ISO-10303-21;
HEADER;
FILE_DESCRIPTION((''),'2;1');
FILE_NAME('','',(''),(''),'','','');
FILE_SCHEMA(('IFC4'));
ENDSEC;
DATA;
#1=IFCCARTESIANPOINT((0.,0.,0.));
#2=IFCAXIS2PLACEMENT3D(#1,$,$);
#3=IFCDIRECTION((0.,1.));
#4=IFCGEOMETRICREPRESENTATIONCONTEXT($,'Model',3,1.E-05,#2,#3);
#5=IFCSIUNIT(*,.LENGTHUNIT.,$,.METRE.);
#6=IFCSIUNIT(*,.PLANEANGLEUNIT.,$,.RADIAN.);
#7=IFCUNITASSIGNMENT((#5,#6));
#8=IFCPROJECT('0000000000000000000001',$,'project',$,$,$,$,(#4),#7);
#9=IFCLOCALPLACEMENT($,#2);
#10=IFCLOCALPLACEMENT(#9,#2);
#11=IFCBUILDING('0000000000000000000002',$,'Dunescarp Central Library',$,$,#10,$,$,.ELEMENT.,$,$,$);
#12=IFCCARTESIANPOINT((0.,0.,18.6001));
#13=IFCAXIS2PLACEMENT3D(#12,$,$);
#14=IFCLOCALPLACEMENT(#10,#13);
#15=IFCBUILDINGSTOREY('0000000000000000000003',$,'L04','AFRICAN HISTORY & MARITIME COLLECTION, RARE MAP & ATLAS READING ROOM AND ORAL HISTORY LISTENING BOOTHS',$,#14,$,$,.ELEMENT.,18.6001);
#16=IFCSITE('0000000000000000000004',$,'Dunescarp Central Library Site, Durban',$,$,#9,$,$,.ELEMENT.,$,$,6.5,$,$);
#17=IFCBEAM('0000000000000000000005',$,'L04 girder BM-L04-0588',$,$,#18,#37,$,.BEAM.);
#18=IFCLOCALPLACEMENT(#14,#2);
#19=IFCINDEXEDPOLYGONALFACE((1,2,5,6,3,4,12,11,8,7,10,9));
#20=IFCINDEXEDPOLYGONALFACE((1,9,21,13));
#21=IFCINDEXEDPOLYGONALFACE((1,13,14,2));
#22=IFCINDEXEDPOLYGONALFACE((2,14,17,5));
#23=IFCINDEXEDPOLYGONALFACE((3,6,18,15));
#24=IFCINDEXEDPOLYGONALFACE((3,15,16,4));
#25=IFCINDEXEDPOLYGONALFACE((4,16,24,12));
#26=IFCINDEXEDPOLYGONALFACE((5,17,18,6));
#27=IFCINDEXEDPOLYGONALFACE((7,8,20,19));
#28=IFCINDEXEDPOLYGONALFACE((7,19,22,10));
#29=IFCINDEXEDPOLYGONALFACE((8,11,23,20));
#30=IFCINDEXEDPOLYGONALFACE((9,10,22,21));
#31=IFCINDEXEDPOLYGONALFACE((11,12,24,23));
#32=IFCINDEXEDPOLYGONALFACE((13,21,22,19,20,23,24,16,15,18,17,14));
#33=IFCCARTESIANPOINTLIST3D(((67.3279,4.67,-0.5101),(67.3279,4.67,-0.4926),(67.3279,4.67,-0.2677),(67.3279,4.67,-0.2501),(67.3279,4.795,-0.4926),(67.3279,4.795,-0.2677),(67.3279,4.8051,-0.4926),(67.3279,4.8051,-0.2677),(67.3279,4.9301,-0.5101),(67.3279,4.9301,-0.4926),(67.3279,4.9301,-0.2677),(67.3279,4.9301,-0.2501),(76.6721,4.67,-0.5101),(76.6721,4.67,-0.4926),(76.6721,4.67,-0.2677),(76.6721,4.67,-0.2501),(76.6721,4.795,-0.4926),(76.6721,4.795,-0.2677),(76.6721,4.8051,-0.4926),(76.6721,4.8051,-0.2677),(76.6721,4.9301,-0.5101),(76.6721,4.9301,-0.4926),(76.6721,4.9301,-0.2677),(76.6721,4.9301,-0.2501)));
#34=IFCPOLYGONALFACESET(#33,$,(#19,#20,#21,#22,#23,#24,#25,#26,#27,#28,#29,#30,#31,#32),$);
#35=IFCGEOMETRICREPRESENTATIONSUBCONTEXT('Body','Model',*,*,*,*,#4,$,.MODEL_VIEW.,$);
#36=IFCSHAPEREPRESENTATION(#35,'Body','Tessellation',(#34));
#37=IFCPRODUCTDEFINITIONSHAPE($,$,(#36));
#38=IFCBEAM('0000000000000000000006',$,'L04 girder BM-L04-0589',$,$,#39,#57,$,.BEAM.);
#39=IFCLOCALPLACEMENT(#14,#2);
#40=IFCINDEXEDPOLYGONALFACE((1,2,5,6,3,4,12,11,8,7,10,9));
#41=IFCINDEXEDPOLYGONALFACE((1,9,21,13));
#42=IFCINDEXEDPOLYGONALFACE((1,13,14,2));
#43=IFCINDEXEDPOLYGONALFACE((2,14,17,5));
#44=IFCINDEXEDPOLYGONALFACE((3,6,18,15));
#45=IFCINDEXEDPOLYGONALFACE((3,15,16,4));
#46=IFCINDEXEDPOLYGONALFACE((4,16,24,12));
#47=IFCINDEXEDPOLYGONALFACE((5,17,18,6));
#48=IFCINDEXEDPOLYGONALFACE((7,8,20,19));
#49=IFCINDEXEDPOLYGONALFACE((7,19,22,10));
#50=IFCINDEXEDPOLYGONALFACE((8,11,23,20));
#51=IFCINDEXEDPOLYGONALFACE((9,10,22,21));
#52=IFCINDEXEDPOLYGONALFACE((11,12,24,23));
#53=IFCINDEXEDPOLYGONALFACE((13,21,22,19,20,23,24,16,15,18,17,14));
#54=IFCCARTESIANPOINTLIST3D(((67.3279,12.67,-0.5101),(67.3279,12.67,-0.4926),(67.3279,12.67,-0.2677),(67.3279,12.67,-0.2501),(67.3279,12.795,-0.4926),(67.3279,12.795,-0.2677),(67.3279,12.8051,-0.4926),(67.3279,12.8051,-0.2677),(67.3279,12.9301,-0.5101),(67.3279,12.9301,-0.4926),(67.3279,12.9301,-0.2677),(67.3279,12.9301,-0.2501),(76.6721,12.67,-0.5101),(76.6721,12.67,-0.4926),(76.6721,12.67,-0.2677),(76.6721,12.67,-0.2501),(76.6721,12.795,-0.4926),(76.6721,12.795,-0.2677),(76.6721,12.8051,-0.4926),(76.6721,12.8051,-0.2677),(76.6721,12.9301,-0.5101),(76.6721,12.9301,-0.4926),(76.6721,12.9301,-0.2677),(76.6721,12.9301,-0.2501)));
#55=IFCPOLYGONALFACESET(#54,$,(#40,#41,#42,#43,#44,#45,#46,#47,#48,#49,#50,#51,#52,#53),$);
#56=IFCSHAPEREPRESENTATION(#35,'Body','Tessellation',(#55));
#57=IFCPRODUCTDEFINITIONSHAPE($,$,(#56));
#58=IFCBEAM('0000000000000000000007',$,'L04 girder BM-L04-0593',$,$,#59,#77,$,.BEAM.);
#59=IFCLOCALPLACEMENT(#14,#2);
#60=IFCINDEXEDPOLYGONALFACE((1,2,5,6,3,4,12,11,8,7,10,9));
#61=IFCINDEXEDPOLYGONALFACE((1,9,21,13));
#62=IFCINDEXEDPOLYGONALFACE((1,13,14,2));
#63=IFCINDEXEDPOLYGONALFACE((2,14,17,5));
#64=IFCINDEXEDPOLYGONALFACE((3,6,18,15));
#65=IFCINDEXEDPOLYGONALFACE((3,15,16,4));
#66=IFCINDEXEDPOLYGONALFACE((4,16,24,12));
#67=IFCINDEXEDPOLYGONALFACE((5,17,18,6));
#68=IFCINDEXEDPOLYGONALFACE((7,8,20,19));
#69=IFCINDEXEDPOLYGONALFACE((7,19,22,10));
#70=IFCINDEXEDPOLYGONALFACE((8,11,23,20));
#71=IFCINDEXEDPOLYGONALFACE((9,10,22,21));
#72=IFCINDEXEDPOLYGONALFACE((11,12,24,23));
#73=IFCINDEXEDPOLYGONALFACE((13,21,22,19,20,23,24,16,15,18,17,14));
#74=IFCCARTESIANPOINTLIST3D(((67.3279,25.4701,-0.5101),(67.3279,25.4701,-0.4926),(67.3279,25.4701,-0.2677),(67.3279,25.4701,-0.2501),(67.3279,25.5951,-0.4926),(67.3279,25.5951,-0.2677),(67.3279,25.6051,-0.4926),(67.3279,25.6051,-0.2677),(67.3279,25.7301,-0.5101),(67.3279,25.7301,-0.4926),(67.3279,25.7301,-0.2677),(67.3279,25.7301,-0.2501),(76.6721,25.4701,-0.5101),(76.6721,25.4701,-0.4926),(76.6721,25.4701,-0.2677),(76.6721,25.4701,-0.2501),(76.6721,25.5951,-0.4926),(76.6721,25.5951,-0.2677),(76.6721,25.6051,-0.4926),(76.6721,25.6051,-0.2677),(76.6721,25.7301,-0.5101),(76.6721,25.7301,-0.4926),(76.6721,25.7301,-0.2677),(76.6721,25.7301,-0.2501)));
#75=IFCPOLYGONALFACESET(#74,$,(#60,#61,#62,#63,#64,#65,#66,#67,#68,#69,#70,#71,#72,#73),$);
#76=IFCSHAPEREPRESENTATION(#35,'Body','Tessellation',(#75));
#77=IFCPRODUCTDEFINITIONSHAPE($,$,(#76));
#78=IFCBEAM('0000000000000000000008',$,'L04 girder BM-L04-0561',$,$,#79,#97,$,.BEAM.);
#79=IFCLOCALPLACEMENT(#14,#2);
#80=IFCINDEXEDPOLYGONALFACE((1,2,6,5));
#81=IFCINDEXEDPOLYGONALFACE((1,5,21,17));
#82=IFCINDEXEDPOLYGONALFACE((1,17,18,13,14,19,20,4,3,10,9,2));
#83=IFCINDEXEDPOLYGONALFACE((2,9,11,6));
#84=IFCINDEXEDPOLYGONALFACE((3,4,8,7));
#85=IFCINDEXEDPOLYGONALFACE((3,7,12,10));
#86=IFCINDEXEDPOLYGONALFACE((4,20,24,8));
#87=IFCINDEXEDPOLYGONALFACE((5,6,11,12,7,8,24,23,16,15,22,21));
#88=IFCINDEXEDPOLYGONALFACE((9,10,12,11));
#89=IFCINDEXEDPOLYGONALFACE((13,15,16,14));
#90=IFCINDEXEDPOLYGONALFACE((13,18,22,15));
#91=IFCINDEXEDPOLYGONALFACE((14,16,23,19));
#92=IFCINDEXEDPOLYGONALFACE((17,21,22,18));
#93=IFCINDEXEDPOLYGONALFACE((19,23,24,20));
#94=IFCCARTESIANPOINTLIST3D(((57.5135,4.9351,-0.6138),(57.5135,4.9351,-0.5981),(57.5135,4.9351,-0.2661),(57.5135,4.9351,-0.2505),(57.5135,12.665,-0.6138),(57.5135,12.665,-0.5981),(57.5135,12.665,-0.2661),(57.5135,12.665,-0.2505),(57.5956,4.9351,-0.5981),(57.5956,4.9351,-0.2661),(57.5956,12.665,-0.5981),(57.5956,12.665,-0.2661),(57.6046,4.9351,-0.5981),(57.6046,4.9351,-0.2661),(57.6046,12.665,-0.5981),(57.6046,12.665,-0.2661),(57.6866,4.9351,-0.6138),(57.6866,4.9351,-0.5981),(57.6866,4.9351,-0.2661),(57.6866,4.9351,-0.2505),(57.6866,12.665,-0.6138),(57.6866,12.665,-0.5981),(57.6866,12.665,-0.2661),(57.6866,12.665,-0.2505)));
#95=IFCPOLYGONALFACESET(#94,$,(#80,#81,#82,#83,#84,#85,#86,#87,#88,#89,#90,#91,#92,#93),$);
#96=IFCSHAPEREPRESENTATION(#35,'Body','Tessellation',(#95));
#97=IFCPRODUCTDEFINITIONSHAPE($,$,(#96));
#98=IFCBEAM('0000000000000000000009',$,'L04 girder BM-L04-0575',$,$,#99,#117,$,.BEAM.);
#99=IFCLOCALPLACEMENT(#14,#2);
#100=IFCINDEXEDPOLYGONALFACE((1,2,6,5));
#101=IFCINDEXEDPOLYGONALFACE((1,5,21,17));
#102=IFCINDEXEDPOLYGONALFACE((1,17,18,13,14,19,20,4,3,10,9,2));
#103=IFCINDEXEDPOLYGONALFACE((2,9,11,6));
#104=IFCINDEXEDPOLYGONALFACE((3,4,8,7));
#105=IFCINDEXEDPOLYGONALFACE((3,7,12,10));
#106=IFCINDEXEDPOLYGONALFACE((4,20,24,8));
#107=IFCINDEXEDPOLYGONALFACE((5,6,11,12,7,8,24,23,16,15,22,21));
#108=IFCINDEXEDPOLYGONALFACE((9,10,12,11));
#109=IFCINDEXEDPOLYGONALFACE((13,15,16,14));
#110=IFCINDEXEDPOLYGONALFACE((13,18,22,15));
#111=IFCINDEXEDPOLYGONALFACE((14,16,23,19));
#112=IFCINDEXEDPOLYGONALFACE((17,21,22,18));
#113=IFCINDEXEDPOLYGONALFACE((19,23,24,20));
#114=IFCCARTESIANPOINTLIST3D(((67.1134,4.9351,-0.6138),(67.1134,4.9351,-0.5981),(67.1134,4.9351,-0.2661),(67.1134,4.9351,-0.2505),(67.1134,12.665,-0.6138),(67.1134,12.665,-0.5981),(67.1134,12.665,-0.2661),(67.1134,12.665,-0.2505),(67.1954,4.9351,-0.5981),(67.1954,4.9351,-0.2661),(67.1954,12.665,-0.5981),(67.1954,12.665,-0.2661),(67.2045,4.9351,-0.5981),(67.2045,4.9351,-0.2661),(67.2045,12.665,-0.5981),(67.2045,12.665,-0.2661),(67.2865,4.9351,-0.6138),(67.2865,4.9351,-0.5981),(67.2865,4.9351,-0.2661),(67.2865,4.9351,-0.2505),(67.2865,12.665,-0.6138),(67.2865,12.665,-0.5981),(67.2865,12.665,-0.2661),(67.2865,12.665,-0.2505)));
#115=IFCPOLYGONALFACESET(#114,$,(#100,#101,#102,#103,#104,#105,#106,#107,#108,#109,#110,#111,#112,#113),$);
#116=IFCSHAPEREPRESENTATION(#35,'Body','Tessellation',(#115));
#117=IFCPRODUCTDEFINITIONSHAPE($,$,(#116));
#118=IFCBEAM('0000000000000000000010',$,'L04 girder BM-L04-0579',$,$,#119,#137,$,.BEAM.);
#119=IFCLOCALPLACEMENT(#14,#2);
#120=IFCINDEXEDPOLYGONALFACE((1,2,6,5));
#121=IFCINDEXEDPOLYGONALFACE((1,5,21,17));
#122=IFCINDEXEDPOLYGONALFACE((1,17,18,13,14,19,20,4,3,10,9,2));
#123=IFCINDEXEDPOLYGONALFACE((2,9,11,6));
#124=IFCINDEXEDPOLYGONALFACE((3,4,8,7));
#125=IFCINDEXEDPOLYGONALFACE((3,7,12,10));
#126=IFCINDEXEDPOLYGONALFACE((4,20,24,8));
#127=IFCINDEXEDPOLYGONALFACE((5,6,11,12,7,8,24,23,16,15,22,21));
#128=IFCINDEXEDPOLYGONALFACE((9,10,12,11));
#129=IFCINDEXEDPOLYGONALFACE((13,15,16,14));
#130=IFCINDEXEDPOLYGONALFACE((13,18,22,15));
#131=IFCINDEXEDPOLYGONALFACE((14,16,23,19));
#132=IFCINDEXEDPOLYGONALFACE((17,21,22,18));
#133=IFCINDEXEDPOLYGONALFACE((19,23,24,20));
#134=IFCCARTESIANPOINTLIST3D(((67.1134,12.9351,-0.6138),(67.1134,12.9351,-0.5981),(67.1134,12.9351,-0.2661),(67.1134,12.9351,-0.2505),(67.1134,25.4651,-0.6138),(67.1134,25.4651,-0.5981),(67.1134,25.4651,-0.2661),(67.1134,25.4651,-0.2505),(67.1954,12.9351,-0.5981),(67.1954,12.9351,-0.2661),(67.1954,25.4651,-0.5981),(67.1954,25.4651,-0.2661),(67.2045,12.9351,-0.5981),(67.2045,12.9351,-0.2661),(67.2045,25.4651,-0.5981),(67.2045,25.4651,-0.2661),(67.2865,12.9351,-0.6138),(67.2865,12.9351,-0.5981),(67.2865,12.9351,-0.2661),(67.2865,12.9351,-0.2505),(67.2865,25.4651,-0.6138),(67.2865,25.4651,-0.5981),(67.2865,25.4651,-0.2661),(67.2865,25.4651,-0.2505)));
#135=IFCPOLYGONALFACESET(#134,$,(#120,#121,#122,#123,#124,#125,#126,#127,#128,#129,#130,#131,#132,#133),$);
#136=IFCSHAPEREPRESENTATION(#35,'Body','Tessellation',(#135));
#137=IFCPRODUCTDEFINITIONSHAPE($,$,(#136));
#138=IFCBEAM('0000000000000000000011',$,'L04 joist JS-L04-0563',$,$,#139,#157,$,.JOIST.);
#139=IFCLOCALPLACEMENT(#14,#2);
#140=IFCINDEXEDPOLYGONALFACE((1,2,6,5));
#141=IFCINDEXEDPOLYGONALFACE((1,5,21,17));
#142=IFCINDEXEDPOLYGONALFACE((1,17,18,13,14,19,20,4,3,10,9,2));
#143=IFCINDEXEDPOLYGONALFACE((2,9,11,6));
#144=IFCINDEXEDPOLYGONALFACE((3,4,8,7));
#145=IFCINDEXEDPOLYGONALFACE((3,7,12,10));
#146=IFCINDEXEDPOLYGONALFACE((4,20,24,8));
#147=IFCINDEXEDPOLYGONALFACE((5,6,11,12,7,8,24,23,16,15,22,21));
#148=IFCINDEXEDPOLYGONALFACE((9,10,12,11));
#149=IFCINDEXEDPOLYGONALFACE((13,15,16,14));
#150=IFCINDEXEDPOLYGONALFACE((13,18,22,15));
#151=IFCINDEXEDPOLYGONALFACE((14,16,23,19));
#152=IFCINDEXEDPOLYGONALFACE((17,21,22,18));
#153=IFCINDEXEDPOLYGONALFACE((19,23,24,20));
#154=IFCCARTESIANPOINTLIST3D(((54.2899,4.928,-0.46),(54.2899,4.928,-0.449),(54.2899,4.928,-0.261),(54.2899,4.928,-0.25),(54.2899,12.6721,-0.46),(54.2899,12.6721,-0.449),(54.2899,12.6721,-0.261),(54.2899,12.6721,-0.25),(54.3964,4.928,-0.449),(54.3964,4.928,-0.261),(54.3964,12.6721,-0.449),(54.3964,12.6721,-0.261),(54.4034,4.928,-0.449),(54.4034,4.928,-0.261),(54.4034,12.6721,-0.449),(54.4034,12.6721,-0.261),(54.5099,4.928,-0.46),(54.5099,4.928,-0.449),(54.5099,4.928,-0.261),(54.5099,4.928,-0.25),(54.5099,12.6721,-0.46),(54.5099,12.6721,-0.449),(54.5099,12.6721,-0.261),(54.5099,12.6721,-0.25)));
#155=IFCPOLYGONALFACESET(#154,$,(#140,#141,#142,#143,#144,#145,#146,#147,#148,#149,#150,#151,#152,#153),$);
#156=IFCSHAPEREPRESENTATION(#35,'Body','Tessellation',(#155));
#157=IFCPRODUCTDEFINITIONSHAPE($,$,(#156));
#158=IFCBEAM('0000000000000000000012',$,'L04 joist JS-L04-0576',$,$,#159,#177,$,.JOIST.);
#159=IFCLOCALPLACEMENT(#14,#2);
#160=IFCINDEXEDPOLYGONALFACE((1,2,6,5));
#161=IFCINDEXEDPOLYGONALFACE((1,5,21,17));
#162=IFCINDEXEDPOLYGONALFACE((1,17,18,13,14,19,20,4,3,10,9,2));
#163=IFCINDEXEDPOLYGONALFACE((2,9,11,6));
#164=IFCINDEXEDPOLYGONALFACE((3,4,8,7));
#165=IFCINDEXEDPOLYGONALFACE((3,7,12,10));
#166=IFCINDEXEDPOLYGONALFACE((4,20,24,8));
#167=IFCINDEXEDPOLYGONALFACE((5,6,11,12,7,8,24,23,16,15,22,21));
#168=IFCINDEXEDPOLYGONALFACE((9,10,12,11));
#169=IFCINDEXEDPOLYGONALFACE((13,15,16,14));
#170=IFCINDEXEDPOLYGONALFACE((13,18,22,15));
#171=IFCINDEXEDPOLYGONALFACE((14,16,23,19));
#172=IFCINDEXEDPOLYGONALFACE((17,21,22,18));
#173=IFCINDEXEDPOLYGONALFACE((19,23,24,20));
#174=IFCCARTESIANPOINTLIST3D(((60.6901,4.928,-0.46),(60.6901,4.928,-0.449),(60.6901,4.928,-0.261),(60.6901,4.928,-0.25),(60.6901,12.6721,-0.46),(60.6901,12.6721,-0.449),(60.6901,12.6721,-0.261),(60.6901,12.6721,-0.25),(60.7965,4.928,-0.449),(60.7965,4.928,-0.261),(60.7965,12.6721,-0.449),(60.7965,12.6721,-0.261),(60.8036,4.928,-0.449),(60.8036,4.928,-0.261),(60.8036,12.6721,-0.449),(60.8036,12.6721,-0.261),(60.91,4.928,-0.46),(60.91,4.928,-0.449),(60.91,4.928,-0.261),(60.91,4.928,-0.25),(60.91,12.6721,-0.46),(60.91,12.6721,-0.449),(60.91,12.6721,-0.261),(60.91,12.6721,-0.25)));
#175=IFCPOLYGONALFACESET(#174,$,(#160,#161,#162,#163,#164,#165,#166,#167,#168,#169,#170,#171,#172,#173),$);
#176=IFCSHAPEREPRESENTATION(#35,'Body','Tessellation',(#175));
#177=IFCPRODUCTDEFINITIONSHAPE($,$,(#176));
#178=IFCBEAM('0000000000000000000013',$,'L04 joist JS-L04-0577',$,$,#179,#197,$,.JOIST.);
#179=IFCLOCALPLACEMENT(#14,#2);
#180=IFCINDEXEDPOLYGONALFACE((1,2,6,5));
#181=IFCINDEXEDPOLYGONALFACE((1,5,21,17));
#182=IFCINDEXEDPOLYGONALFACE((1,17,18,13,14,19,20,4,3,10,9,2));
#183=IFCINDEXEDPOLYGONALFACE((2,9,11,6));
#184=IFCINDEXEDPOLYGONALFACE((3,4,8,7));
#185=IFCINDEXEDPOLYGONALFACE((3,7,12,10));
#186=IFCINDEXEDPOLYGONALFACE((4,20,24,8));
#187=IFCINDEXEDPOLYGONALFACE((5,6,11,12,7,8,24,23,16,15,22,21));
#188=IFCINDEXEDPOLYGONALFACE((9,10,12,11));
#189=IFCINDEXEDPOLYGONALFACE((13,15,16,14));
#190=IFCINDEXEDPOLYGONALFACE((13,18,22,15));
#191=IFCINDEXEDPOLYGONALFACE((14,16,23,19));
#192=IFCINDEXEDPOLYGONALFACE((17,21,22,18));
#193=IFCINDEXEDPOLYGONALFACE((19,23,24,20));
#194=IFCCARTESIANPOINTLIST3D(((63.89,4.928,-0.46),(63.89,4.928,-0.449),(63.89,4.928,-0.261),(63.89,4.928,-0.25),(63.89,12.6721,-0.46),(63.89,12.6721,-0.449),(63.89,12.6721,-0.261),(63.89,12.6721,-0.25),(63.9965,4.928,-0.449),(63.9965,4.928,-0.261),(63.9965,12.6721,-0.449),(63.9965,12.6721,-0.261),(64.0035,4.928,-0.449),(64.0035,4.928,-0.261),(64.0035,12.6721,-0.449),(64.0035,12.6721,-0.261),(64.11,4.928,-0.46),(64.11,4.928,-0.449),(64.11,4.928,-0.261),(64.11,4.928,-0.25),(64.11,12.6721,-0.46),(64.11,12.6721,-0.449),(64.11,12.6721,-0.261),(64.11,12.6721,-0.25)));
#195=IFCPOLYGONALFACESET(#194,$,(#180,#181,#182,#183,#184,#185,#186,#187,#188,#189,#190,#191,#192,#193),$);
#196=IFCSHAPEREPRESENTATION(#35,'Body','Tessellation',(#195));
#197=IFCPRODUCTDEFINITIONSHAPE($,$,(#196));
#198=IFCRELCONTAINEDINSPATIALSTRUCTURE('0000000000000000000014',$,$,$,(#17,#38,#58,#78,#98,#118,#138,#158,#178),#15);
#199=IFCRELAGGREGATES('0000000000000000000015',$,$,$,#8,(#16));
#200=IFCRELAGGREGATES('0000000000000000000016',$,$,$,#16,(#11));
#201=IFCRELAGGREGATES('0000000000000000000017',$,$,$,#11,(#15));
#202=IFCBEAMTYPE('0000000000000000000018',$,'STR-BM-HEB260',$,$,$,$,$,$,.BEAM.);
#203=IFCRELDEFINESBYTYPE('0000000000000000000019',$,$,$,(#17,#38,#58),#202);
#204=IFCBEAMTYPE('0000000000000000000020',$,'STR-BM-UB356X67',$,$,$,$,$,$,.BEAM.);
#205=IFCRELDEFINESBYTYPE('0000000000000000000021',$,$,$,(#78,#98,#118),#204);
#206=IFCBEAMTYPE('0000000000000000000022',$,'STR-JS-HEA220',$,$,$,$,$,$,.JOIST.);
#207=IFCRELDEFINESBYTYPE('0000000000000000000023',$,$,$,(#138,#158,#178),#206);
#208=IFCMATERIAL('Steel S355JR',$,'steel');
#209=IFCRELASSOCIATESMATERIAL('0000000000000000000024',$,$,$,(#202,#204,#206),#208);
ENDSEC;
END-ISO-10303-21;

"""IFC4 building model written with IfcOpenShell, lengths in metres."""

from ifc_helpers import new_model, si_unit, direction, frame, origin, origin_2d, place, context, subcontext, project, spatial, i_section, extrude, material, material_profile, profile_set, type_object, element, save


model = new_model("IFC4")

# Units and contexts
model_context = context("Model", 3, precision=1e-05, world=origin(), true_north=direction((0.0, 1.0)))
body_context = subcontext(model_context, "Body", "Model", "MODEL_VIEW")
ifc_project = project(units=[si_unit("LENGTHUNIT", "METRE"), si_unit("PLANEANGLEUNIT", "RADIAN")], contexts=[model_context])

# Site, building, storey
site_placement = place(None, origin())
site = spatial("IfcSite", under=ifc_project, at=site_placement, Name="Dunescarp Central Library Site, Durban", CompositionType="ELEMENT", RefElevation=6.5)
building_placement = place(site_placement, origin())
building = spatial("IfcBuilding", under=site, at=building_placement, Name="Dunescarp Central Library", CompositionType="ELEMENT")
storey_placement = place(building_placement, frame((0.0, 0.0, 18.6001)))
storey = spatial("IfcBuildingStorey", under=building, at=storey_placement, Name="L04", Description="AFRICAN HISTORY & MARITIME COLLECTION, RARE MAP & ATLAS READING ROOM AND ORAL HISTORY LISTENING BOOTHS", CompositionType="ELEMENT", Elevation=18.6001)

# Shared definitions
ifc_material_1 = material(Name="Steel S355JR", Category="steel")

# Beams
ifc_material_profile_1 = material_profile(ifc_material_1, i_section(OverallWidth=0.26, OverallDepth=0.26, WebThickness=0.01, FlangeThickness=0.0176, at=origin_2d()), Name="HEB 260")
ifc_profile_set_1 = profile_set([ifc_material_profile_1], Name="Steel S355JR")
beam_type_1 = type_object("IfcBeamType", Name="STR-BM-HEB260", PredefinedType="BEAM", material=ifc_profile_set_1)
for number, where, z_axis, x_axis, name in (
    (1, (67.3279, 4.8, -0.3801), (1.0, 0.0, 0.0), (0.0, 1.0, 0.0), "L04 girder BM-L04-0588"),
    (2, (67.3279, 12.8, -0.3801), (1.0, 0.0, 0.0), (0.0, 1.0, 0.0), "L04 girder BM-L04-0589"),
    (3, (67.3279, 25.6001, -0.3801), (1.0, 0.0, 0.0), (0.0, 1.0, 0.0), "L04 girder BM-L04-0593"),
):
    element("IfcBeam", number, at=place(storey_placement, frame(where, z_axis=z_axis, x_axis=x_axis)), inside=storey, type_object=beam_type_1, Name=name, PredefinedType="BEAM", context=body_context, shape_type="SweptSolid", body=[
        extrude(i_section(OverallWidth=0.26, OverallDepth=0.26, WebThickness=0.01, FlangeThickness=0.0176, at=origin_2d()), origin(), (0.0, 0.0, 1.0), 9.3442),
    ])
ifc_material_profile_2 = material_profile(ifc_material_1, i_section(OverallWidth=0.1731, OverallDepth=0.3633, WebThickness=0.009, FlangeThickness=0.0156, at=origin_2d()), Name="UB 356x171x67")
ifc_profile_set_2 = profile_set([ifc_material_profile_2], Name="Steel S355JR")
beam_type_2 = type_object("IfcBeamType", Name="STR-BM-UB356X67", PredefinedType="BEAM", material=ifc_profile_set_2)
for number, where, z_axis, x_axis, name in (
    (4, (57.6001, 4.9351, -0.4321), (0.0, 1.0, 0.0), (-1.0, 0.0, 0.0), "L04 girder BM-L04-0561"),
    (5, (67.2, 4.9351, -0.4321), (0.0, 1.0, 0.0), (-1.0, 0.0, 0.0), "L04 girder BM-L04-0575"),
):
    element("IfcBeam", number, at=place(storey_placement, frame(where, z_axis=z_axis, x_axis=x_axis)), inside=storey, type_object=beam_type_2, Name=name, PredefinedType="BEAM", context=body_context, shape_type="SweptSolid", body=[
        extrude(i_section(OverallWidth=0.1731, OverallDepth=0.3633, WebThickness=0.009, FlangeThickness=0.0156, at=origin_2d()), origin(), (0.0, 0.0, 1.0), 7.73),
    ])
beam_placement = place(storey_placement, frame((67.2, 12.9351, -0.4321), z_axis=(0.0, 1.0, 0.0), x_axis=(-1.0, 0.0, 0.0)))
element("IfcBeam", 6, at=beam_placement, inside=storey, type_object=beam_type_2, Name="L04 girder BM-L04-0579", PredefinedType="BEAM", context=body_context, shape_type="SweptSolid", body=[
    extrude(i_section(OverallWidth=0.1731, OverallDepth=0.3633, WebThickness=0.009, FlangeThickness=0.0156, at=origin_2d()), origin(), (0.0, 0.0, 1.0), 12.53),
])
ifc_material_profile_3 = material_profile(ifc_material_1, i_section(OverallWidth=0.22, OverallDepth=0.21, WebThickness=0.0071, FlangeThickness=0.011, at=origin_2d()), Name="HEA 220")
ifc_profile_set_3 = profile_set([ifc_material_profile_3], Name="Steel S355JR")
beam_type_3 = type_object("IfcBeamType", Name="STR-JS-HEA220", PredefinedType="JOIST", material=ifc_profile_set_3)
for number, where, z_axis, x_axis, name in (
    (7, (54.3999, 4.928, -0.355), (0.0, 1.0, 0.0), (-1.0, 0.0, 0.0), "L04 joist JS-L04-0563"),
    (8, (60.8, 4.928, -0.355), (0.0, 1.0, 0.0), (-1.0, 0.0, 0.0), "L04 joist JS-L04-0576"),
    (9, (64.0, 4.928, -0.355), (0.0, 1.0, 0.0), (-1.0, 0.0, 0.0), "L04 joist JS-L04-0577"),
):
    element("IfcBeam", number, at=place(storey_placement, frame(where, z_axis=z_axis, x_axis=x_axis)), inside=storey, type_object=beam_type_3, Name=name, PredefinedType="JOIST", context=body_context, shape_type="SweptSolid", body=[
        extrude(i_section(OverallWidth=0.22, OverallDepth=0.21, WebThickness=0.0071, FlangeThickness=0.011, at=origin_2d()), origin(), (0.0, 0.0, 1.0), 7.7441),
    ])

save(model, "model.ifc")
